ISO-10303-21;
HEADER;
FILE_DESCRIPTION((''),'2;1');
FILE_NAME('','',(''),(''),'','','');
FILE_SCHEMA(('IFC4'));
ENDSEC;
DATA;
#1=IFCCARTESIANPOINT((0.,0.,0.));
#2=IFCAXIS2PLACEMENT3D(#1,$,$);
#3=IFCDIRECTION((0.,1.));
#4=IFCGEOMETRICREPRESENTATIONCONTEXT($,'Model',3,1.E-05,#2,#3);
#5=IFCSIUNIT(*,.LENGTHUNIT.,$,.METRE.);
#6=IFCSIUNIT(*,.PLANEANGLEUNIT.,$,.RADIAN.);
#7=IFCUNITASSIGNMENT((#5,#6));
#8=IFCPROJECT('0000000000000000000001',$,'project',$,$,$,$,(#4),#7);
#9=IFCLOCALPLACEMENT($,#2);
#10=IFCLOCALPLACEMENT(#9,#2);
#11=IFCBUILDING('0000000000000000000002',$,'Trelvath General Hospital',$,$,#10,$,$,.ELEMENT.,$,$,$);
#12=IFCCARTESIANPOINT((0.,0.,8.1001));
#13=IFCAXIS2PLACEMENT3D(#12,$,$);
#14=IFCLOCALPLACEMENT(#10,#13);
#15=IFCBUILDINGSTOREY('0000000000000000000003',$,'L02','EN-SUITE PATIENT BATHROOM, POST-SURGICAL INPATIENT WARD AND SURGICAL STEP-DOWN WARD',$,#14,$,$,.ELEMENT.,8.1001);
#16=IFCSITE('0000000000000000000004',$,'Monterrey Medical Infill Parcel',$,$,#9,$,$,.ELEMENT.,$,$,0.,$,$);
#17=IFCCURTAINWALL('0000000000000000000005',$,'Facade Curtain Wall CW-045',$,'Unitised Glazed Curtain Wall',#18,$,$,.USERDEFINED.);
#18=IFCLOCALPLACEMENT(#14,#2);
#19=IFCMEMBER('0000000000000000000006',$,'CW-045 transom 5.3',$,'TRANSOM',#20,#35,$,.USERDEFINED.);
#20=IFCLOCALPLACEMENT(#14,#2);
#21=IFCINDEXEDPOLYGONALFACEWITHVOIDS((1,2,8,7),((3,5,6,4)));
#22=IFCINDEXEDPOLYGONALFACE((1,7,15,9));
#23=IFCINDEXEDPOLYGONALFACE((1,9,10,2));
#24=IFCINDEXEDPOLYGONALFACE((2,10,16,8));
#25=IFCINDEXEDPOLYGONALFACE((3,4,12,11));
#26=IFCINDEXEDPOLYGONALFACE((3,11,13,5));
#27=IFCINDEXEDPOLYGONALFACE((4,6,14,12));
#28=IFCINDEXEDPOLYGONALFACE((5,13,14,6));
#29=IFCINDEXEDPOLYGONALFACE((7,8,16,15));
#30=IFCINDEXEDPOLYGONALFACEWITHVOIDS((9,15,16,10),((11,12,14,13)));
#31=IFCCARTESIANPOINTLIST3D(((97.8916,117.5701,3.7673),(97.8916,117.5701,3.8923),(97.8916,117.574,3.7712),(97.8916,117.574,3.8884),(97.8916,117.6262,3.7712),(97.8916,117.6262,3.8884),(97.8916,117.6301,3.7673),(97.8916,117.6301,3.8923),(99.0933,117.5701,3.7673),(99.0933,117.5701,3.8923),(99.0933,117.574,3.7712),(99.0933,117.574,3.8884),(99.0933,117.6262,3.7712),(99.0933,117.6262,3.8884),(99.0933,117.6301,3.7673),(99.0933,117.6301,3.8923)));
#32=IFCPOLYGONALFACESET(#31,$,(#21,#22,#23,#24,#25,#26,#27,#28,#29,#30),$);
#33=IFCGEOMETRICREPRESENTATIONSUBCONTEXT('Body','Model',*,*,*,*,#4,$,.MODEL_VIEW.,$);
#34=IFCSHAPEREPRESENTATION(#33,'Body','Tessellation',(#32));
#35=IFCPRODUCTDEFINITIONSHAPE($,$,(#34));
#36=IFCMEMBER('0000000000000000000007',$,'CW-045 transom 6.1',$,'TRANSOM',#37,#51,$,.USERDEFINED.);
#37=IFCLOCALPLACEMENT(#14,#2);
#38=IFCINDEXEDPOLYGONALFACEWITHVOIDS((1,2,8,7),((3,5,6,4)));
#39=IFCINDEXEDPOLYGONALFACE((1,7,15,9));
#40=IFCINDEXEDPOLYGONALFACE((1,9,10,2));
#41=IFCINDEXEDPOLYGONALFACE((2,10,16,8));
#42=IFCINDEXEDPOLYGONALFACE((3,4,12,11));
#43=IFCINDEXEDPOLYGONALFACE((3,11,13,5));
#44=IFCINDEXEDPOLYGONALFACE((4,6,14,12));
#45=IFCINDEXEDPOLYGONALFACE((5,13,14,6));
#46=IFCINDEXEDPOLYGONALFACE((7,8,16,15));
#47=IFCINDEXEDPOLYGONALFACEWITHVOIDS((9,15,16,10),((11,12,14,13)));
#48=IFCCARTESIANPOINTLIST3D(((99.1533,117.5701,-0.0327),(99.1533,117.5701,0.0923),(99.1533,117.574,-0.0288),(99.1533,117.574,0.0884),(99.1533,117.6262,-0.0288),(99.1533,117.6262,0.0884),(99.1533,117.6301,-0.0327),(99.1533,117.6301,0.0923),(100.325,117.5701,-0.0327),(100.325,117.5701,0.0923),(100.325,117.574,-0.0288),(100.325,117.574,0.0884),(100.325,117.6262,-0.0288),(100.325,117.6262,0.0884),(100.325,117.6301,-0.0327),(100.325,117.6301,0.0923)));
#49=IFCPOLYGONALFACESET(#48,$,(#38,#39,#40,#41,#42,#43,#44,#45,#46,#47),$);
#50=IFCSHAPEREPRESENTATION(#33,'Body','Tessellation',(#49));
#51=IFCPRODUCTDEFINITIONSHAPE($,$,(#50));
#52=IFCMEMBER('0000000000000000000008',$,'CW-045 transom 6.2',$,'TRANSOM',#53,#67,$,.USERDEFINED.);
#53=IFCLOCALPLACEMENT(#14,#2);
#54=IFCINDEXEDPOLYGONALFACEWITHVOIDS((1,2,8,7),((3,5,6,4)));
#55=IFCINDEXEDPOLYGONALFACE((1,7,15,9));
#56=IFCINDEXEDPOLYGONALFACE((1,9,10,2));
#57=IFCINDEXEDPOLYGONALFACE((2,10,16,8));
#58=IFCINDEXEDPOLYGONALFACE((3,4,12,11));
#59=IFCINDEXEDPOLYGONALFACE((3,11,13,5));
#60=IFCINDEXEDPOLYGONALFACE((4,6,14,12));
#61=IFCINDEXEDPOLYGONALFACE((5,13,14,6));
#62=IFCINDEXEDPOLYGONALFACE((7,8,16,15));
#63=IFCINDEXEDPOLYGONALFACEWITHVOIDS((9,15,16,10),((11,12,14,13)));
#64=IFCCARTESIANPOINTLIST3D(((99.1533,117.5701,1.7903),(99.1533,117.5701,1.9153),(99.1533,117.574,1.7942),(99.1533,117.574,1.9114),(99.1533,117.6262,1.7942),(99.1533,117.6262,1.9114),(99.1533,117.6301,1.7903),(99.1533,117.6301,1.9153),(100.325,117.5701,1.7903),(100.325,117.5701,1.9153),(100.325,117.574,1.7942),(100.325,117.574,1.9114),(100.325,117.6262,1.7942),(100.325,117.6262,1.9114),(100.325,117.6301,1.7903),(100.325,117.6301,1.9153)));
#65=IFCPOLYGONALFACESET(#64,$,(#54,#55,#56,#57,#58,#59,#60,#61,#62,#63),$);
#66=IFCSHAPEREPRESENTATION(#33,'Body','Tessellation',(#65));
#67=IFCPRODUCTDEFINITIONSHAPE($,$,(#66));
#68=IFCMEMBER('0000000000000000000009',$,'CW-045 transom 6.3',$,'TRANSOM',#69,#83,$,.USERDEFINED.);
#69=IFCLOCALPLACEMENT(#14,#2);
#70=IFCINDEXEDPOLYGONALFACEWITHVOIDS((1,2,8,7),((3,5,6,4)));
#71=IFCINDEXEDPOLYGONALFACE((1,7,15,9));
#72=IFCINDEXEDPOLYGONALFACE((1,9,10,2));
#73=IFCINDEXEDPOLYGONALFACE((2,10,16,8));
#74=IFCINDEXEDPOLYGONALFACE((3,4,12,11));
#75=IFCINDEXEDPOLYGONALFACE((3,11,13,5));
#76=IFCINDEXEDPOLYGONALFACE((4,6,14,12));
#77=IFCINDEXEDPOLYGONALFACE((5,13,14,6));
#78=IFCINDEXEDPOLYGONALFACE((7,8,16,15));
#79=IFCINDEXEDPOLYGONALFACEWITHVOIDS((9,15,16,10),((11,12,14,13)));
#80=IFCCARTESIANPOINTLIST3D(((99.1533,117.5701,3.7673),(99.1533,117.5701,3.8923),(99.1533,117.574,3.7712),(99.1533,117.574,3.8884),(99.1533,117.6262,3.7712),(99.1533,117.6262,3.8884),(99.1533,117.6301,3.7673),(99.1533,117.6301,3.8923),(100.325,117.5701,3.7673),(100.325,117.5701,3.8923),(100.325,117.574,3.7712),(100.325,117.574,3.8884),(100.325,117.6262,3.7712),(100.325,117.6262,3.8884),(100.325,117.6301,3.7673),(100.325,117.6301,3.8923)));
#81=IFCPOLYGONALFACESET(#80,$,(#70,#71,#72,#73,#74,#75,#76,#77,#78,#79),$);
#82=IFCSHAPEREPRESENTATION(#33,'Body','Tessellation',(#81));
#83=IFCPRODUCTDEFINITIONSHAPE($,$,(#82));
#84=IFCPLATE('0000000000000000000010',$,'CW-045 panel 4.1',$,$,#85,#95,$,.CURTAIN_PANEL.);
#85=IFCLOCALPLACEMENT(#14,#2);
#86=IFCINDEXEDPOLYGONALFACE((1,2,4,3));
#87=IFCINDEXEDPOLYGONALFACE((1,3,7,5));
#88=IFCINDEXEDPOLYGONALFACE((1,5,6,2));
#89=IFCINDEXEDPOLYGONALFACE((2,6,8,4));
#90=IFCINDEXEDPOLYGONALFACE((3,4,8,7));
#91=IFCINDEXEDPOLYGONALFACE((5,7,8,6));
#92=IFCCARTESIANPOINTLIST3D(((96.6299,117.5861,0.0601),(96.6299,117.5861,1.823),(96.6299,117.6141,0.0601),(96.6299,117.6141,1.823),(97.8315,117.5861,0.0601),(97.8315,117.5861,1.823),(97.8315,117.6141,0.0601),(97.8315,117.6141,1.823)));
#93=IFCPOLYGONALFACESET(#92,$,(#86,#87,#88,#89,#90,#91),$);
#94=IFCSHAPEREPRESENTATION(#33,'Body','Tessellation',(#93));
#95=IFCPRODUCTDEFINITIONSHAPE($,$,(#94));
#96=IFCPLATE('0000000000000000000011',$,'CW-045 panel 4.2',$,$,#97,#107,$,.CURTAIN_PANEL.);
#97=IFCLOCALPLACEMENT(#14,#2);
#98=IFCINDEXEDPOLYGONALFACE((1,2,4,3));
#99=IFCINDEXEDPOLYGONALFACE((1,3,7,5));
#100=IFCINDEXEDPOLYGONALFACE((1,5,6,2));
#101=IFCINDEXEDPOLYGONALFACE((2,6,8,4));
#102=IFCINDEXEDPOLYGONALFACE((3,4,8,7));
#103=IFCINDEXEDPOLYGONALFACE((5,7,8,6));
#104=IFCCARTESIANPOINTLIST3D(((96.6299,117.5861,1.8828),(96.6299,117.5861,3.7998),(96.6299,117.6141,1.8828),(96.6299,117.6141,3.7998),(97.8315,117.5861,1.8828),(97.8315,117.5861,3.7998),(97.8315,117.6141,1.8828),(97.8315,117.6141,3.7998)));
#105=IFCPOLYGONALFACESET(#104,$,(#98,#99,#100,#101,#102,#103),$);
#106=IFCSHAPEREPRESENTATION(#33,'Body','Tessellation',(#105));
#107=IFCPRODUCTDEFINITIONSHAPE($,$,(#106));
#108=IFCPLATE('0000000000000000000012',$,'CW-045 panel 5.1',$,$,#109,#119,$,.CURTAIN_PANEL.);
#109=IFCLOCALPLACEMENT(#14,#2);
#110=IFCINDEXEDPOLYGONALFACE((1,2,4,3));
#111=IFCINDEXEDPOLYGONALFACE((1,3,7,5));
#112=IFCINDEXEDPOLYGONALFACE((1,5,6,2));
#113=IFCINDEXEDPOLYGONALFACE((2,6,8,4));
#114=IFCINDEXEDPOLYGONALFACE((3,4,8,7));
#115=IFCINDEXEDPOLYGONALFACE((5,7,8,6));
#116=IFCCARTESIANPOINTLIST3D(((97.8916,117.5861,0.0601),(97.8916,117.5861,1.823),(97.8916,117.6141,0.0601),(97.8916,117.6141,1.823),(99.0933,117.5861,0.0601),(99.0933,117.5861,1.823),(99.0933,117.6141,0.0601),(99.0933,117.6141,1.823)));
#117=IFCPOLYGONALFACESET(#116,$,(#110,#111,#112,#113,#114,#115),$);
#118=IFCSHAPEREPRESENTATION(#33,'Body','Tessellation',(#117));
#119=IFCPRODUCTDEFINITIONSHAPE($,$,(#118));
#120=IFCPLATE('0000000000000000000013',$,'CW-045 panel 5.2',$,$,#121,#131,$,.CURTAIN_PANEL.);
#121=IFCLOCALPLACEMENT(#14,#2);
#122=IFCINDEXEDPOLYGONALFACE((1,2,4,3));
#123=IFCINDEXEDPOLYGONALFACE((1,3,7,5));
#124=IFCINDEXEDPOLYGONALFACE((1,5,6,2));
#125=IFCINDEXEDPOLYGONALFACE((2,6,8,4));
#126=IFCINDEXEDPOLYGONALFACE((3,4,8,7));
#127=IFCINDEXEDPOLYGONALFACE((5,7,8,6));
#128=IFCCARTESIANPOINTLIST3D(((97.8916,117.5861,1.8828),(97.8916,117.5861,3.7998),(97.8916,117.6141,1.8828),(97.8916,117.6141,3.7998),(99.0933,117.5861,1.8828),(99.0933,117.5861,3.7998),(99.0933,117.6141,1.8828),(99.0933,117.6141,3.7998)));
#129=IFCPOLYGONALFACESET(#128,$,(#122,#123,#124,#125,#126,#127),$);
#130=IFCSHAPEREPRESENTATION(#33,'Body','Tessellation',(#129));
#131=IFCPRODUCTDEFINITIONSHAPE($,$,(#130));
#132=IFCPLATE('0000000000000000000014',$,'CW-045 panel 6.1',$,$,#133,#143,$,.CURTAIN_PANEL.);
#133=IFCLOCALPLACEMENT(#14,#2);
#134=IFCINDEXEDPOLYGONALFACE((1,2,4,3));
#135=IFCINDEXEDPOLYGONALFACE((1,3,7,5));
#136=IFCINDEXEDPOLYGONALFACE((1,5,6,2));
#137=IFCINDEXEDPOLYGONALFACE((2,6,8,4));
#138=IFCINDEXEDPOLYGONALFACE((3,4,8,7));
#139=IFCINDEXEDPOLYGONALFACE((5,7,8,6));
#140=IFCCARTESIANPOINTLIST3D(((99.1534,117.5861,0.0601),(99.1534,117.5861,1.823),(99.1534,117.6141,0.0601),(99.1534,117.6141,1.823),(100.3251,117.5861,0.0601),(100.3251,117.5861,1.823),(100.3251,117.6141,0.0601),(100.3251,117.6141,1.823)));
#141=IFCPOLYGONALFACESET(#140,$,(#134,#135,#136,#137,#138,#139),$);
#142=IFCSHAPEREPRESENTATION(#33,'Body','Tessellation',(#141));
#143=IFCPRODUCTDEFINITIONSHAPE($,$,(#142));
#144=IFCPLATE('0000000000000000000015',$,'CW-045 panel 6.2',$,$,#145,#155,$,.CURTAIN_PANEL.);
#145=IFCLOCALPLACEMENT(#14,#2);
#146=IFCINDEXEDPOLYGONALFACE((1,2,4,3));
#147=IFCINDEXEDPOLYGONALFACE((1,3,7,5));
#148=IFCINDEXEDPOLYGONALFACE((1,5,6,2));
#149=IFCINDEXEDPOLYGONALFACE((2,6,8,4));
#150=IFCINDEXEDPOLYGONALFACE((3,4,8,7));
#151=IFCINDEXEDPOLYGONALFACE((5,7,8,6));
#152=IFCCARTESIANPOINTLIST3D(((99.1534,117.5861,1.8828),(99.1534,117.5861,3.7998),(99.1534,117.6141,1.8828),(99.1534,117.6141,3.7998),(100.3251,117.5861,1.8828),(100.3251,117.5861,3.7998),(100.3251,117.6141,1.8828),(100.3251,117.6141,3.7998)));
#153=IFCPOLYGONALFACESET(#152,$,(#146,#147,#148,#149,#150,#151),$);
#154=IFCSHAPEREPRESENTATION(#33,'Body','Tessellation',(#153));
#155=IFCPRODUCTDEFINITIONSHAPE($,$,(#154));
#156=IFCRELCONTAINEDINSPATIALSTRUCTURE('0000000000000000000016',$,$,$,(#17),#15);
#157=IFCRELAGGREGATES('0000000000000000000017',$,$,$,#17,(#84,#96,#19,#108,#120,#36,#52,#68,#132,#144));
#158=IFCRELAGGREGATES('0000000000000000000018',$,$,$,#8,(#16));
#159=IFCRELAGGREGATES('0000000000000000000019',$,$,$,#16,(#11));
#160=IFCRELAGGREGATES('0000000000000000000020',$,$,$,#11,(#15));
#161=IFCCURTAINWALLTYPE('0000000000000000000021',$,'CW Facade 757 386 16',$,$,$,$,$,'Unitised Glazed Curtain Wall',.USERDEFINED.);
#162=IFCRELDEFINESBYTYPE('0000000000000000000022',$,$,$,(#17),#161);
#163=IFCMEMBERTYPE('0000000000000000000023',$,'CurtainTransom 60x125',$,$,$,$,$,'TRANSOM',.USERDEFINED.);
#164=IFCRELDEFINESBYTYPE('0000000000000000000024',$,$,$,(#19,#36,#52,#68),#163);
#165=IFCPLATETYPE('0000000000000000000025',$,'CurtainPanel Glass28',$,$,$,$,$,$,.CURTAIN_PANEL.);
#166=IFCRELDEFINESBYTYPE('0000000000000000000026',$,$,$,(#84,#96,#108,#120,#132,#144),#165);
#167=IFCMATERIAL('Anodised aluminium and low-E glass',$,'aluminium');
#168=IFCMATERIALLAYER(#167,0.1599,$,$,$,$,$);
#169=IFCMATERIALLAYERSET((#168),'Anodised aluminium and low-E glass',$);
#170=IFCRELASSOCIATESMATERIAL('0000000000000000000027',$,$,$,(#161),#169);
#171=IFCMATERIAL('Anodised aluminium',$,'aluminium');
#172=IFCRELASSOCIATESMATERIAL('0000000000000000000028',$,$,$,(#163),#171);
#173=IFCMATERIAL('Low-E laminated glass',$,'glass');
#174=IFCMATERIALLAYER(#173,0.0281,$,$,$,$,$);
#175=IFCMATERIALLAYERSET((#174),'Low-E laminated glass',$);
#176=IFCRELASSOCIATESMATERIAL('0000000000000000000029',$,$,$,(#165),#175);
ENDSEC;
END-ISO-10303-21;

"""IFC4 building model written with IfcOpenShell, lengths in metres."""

from ifc_helpers import new_model, si_unit, direction, frame, origin, origin_2d, place, context, subcontext, project, spatial, rectangle, hollow_rectangle, extrude, material, layer, layer_set, material_profile, profile_set, type_object, element, aggregate, save


model = new_model("IFC4")

# Units and contexts
model_context = context("Model", 3, precision=1e-05, world=origin(), true_north=direction((0.0, 1.0)))
body_context = subcontext(model_context, "Body", "Model", "MODEL_VIEW")
ifc_project = project(units=[si_unit("LENGTHUNIT", "METRE"), si_unit("PLANEANGLEUNIT", "RADIAN")], contexts=[model_context])

# Site, building, storey
site_placement = place(None, origin())
site = spatial("IfcSite", under=ifc_project, at=site_placement, Name="Monterrey Medical Infill Parcel", CompositionType="ELEMENT", RefElevation=0.0)
building_placement = place(site_placement, origin())
building = spatial("IfcBuilding", under=site, at=building_placement, Name="Trelvath General Hospital", CompositionType="ELEMENT")
storey_placement = place(building_placement, frame((0.0, 0.0, 8.1001)))
storey = spatial("IfcBuildingStorey", under=building, at=storey_placement, Name="L02", Description="EN-SUITE PATIENT BATHROOM, POST-SURGICAL INPATIENT WARD AND SURGICAL STEP-DOWN WARD", CompositionType="ELEMENT", Elevation=8.1001)

# Curtain wall, members, plates
ifc_material_1 = material(Name="Anodised aluminium and low-E glass", Category="aluminium")
ifc_layer_1 = layer(ifc_material_1, 0.1599)
ifc_layer_set_1 = layer_set([ifc_layer_1], Name="Anodised aluminium and low-E glass")
curtain_wall_type = type_object("IfcCurtainWallType", Name="CW Facade 757 386 16", ElementType="Unitised Glazed Curtain Wall", PredefinedType="USERDEFINED", material=ifc_layer_set_1)
curtain_wall_placement = place(storey_placement, origin())
curtain_wall = element("IfcCurtainWall", 1, at=curtain_wall_placement, inside=storey, type_object=curtain_wall_type, Name="Facade Curtain Wall CW-045", ObjectType="Unitised Glazed Curtain Wall", PredefinedType="USERDEFINED")
ifc_material_2 = material(Name="Anodised aluminium", Category="aluminium")
ifc_material_profile_1 = material_profile(ifc_material_2, hollow_rectangle(XDim=0.0601, YDim=0.125, WallThickness=0.0039, at=origin_2d()), Name="RHS60x125x4")
ifc_profile_set_1 = profile_set([ifc_material_profile_1], Name="Anodised aluminium")
member_type_1 = type_object("IfcMemberType", Name="CurtainTransom 60x125", ElementType="TRANSOM", PredefinedType="USERDEFINED", material=ifc_profile_set_1)
member_1_placement = place(storey_placement, frame((97.8916, 117.6001, 3.8298), z_axis=(1.0, 0.0, 0.0), x_axis=(0.0, 1.0, 0.0)))
member_1 = element("IfcMember", 2, at=member_1_placement, type_object=member_type_1, Name="CW-045 transom 5.3", ObjectType="TRANSOM", PredefinedType="USERDEFINED", context=body_context, shape_type="SweptSolid", body=[
    extrude(hollow_rectangle(XDim=0.0601, YDim=0.125, WallThickness=0.0039, at=origin_2d()), origin(), (0.0, 0.0, 1.0), 1.2017),
])
member_2_placement = place(storey_placement, frame((99.1533, 117.6001, 0.0298), z_axis=(1.0, 0.0, 0.0), x_axis=(0.0, 1.0, 0.0)))
member_2 = element("IfcMember", 3, at=member_2_placement, type_object=member_type_1, Name="CW-045 transom 6.1", ObjectType="TRANSOM", PredefinedType="USERDEFINED", context=body_context, shape_type="SweptSolid", body=[
    extrude(hollow_rectangle(XDim=0.0601, YDim=0.125, WallThickness=0.0039, at=origin_2d()), origin(), (0.0, 0.0, 1.0), 1.1716),
])
member_3_placement = place(storey_placement, frame((99.1533, 117.6001, 1.8528), z_axis=(1.0, 0.0, 0.0), x_axis=(0.0, 1.0, 0.0)))
member_3 = element("IfcMember", 4, at=member_3_placement, type_object=member_type_1, Name="CW-045 transom 6.2", ObjectType="TRANSOM", PredefinedType="USERDEFINED", context=body_context, shape_type="SweptSolid", body=[
    extrude(hollow_rectangle(XDim=0.0601, YDim=0.125, WallThickness=0.0039, at=origin_2d()), origin(), (0.0, 0.0, 1.0), 1.1716),
])
member_4_placement = place(storey_placement, frame((99.1533, 117.6001, 3.8298), z_axis=(1.0, 0.0, 0.0), x_axis=(0.0, 1.0, 0.0)))
member_4 = element("IfcMember", 5, at=member_4_placement, type_object=member_type_1, Name="CW-045 transom 6.3", ObjectType="TRANSOM", PredefinedType="USERDEFINED", context=body_context, shape_type="SweptSolid", body=[
    extrude(hollow_rectangle(XDim=0.0601, YDim=0.125, WallThickness=0.0039, at=origin_2d()), origin(), (0.0, 0.0, 1.0), 1.1716),
])
ifc_material_3 = material(Name="Low-E laminated glass", Category="glass")
ifc_layer_2 = layer(ifc_material_3, 0.0281)
ifc_layer_set_2 = layer_set([ifc_layer_2], Name="Low-E laminated glass")
plate_type = type_object("IfcPlateType", Name="CurtainPanel Glass28", PredefinedType="CURTAIN_PANEL", material=ifc_layer_set_2)
plate_1_placement = place(storey_placement, frame((97.2307, 117.6001, 0.0601), z_axis=(0.0, 0.0, 1.0), x_axis=(1.0, 0.0, 0.0)))
plate_1 = element("IfcPlate", 6, at=plate_1_placement, type_object=plate_type, Name="CW-045 panel 4.1", PredefinedType="CURTAIN_PANEL", context=body_context, shape_type="SweptSolid", body=[
    extrude(rectangle(XDim=1.2017, YDim=0.0281, at=origin_2d()), origin(), (0.0, 0.0, 1.0), 1.7629),
])
plate_2_placement = place(storey_placement, frame((97.2307, 117.6001, 1.8828), z_axis=(0.0, 0.0, 1.0), x_axis=(1.0, 0.0, 0.0)))
plate_2 = element("IfcPlate", 7, at=plate_2_placement, type_object=plate_type, Name="CW-045 panel 4.2", PredefinedType="CURTAIN_PANEL", context=body_context, shape_type="SweptSolid", body=[
    extrude(rectangle(XDim=1.2017, YDim=0.0281, at=origin_2d()), origin(), (0.0, 0.0, 1.0), 1.917),
])
plate_3_placement = place(storey_placement, frame((98.4924, 117.6001, 0.0601), z_axis=(0.0, 0.0, 1.0), x_axis=(1.0, 0.0, 0.0)))
plate_3 = element("IfcPlate", 8, at=plate_3_placement, type_object=plate_type, Name="CW-045 panel 5.1", PredefinedType="CURTAIN_PANEL", context=body_context, shape_type="SweptSolid", body=[
    extrude(rectangle(XDim=1.2017, YDim=0.0281, at=origin_2d()), origin(), (0.0, 0.0, 1.0), 1.7629),
])
plate_4_placement = place(storey_placement, frame((98.4924, 117.6001, 1.8828), z_axis=(0.0, 0.0, 1.0), x_axis=(1.0, 0.0, 0.0)))
plate_4 = element("IfcPlate", 9, at=plate_4_placement, type_object=plate_type, Name="CW-045 panel 5.2", PredefinedType="CURTAIN_PANEL", context=body_context, shape_type="SweptSolid", body=[
    extrude(rectangle(XDim=1.2017, YDim=0.0281, at=origin_2d()), origin(), (0.0, 0.0, 1.0), 1.917),
])
plate_5_placement = place(storey_placement, frame((99.7393, 117.6001, 0.0601), z_axis=(0.0, 0.0, 1.0), x_axis=(1.0, 0.0, 0.0)))
plate_5 = element("IfcPlate", 10, at=plate_5_placement, type_object=plate_type, Name="CW-045 panel 6.1", PredefinedType="CURTAIN_PANEL", context=body_context, shape_type="SweptSolid", body=[
    extrude(rectangle(XDim=1.1716, YDim=0.0281, at=origin_2d()), origin(), (0.0, 0.0, 1.0), 1.7629),
])
plate_6_placement = place(storey_placement, frame((99.7393, 117.6001, 1.8828), z_axis=(0.0, 0.0, 1.0), x_axis=(1.0, 0.0, 0.0)))
plate_6 = element("IfcPlate", 11, at=plate_6_placement, type_object=plate_type, Name="CW-045 panel 6.2", PredefinedType="CURTAIN_PANEL", context=body_context, shape_type="SweptSolid", body=[
    extrude(rectangle(XDim=1.1716, YDim=0.0281, at=origin_2d()), origin(), (0.0, 0.0, 1.0), 1.917),
])
aggregate(curtain_wall, [plate_1, plate_2, member_1, plate_3, plate_4, member_2, member_3, member_4, plate_5, plate_6])

save(model, "model.ifc")
